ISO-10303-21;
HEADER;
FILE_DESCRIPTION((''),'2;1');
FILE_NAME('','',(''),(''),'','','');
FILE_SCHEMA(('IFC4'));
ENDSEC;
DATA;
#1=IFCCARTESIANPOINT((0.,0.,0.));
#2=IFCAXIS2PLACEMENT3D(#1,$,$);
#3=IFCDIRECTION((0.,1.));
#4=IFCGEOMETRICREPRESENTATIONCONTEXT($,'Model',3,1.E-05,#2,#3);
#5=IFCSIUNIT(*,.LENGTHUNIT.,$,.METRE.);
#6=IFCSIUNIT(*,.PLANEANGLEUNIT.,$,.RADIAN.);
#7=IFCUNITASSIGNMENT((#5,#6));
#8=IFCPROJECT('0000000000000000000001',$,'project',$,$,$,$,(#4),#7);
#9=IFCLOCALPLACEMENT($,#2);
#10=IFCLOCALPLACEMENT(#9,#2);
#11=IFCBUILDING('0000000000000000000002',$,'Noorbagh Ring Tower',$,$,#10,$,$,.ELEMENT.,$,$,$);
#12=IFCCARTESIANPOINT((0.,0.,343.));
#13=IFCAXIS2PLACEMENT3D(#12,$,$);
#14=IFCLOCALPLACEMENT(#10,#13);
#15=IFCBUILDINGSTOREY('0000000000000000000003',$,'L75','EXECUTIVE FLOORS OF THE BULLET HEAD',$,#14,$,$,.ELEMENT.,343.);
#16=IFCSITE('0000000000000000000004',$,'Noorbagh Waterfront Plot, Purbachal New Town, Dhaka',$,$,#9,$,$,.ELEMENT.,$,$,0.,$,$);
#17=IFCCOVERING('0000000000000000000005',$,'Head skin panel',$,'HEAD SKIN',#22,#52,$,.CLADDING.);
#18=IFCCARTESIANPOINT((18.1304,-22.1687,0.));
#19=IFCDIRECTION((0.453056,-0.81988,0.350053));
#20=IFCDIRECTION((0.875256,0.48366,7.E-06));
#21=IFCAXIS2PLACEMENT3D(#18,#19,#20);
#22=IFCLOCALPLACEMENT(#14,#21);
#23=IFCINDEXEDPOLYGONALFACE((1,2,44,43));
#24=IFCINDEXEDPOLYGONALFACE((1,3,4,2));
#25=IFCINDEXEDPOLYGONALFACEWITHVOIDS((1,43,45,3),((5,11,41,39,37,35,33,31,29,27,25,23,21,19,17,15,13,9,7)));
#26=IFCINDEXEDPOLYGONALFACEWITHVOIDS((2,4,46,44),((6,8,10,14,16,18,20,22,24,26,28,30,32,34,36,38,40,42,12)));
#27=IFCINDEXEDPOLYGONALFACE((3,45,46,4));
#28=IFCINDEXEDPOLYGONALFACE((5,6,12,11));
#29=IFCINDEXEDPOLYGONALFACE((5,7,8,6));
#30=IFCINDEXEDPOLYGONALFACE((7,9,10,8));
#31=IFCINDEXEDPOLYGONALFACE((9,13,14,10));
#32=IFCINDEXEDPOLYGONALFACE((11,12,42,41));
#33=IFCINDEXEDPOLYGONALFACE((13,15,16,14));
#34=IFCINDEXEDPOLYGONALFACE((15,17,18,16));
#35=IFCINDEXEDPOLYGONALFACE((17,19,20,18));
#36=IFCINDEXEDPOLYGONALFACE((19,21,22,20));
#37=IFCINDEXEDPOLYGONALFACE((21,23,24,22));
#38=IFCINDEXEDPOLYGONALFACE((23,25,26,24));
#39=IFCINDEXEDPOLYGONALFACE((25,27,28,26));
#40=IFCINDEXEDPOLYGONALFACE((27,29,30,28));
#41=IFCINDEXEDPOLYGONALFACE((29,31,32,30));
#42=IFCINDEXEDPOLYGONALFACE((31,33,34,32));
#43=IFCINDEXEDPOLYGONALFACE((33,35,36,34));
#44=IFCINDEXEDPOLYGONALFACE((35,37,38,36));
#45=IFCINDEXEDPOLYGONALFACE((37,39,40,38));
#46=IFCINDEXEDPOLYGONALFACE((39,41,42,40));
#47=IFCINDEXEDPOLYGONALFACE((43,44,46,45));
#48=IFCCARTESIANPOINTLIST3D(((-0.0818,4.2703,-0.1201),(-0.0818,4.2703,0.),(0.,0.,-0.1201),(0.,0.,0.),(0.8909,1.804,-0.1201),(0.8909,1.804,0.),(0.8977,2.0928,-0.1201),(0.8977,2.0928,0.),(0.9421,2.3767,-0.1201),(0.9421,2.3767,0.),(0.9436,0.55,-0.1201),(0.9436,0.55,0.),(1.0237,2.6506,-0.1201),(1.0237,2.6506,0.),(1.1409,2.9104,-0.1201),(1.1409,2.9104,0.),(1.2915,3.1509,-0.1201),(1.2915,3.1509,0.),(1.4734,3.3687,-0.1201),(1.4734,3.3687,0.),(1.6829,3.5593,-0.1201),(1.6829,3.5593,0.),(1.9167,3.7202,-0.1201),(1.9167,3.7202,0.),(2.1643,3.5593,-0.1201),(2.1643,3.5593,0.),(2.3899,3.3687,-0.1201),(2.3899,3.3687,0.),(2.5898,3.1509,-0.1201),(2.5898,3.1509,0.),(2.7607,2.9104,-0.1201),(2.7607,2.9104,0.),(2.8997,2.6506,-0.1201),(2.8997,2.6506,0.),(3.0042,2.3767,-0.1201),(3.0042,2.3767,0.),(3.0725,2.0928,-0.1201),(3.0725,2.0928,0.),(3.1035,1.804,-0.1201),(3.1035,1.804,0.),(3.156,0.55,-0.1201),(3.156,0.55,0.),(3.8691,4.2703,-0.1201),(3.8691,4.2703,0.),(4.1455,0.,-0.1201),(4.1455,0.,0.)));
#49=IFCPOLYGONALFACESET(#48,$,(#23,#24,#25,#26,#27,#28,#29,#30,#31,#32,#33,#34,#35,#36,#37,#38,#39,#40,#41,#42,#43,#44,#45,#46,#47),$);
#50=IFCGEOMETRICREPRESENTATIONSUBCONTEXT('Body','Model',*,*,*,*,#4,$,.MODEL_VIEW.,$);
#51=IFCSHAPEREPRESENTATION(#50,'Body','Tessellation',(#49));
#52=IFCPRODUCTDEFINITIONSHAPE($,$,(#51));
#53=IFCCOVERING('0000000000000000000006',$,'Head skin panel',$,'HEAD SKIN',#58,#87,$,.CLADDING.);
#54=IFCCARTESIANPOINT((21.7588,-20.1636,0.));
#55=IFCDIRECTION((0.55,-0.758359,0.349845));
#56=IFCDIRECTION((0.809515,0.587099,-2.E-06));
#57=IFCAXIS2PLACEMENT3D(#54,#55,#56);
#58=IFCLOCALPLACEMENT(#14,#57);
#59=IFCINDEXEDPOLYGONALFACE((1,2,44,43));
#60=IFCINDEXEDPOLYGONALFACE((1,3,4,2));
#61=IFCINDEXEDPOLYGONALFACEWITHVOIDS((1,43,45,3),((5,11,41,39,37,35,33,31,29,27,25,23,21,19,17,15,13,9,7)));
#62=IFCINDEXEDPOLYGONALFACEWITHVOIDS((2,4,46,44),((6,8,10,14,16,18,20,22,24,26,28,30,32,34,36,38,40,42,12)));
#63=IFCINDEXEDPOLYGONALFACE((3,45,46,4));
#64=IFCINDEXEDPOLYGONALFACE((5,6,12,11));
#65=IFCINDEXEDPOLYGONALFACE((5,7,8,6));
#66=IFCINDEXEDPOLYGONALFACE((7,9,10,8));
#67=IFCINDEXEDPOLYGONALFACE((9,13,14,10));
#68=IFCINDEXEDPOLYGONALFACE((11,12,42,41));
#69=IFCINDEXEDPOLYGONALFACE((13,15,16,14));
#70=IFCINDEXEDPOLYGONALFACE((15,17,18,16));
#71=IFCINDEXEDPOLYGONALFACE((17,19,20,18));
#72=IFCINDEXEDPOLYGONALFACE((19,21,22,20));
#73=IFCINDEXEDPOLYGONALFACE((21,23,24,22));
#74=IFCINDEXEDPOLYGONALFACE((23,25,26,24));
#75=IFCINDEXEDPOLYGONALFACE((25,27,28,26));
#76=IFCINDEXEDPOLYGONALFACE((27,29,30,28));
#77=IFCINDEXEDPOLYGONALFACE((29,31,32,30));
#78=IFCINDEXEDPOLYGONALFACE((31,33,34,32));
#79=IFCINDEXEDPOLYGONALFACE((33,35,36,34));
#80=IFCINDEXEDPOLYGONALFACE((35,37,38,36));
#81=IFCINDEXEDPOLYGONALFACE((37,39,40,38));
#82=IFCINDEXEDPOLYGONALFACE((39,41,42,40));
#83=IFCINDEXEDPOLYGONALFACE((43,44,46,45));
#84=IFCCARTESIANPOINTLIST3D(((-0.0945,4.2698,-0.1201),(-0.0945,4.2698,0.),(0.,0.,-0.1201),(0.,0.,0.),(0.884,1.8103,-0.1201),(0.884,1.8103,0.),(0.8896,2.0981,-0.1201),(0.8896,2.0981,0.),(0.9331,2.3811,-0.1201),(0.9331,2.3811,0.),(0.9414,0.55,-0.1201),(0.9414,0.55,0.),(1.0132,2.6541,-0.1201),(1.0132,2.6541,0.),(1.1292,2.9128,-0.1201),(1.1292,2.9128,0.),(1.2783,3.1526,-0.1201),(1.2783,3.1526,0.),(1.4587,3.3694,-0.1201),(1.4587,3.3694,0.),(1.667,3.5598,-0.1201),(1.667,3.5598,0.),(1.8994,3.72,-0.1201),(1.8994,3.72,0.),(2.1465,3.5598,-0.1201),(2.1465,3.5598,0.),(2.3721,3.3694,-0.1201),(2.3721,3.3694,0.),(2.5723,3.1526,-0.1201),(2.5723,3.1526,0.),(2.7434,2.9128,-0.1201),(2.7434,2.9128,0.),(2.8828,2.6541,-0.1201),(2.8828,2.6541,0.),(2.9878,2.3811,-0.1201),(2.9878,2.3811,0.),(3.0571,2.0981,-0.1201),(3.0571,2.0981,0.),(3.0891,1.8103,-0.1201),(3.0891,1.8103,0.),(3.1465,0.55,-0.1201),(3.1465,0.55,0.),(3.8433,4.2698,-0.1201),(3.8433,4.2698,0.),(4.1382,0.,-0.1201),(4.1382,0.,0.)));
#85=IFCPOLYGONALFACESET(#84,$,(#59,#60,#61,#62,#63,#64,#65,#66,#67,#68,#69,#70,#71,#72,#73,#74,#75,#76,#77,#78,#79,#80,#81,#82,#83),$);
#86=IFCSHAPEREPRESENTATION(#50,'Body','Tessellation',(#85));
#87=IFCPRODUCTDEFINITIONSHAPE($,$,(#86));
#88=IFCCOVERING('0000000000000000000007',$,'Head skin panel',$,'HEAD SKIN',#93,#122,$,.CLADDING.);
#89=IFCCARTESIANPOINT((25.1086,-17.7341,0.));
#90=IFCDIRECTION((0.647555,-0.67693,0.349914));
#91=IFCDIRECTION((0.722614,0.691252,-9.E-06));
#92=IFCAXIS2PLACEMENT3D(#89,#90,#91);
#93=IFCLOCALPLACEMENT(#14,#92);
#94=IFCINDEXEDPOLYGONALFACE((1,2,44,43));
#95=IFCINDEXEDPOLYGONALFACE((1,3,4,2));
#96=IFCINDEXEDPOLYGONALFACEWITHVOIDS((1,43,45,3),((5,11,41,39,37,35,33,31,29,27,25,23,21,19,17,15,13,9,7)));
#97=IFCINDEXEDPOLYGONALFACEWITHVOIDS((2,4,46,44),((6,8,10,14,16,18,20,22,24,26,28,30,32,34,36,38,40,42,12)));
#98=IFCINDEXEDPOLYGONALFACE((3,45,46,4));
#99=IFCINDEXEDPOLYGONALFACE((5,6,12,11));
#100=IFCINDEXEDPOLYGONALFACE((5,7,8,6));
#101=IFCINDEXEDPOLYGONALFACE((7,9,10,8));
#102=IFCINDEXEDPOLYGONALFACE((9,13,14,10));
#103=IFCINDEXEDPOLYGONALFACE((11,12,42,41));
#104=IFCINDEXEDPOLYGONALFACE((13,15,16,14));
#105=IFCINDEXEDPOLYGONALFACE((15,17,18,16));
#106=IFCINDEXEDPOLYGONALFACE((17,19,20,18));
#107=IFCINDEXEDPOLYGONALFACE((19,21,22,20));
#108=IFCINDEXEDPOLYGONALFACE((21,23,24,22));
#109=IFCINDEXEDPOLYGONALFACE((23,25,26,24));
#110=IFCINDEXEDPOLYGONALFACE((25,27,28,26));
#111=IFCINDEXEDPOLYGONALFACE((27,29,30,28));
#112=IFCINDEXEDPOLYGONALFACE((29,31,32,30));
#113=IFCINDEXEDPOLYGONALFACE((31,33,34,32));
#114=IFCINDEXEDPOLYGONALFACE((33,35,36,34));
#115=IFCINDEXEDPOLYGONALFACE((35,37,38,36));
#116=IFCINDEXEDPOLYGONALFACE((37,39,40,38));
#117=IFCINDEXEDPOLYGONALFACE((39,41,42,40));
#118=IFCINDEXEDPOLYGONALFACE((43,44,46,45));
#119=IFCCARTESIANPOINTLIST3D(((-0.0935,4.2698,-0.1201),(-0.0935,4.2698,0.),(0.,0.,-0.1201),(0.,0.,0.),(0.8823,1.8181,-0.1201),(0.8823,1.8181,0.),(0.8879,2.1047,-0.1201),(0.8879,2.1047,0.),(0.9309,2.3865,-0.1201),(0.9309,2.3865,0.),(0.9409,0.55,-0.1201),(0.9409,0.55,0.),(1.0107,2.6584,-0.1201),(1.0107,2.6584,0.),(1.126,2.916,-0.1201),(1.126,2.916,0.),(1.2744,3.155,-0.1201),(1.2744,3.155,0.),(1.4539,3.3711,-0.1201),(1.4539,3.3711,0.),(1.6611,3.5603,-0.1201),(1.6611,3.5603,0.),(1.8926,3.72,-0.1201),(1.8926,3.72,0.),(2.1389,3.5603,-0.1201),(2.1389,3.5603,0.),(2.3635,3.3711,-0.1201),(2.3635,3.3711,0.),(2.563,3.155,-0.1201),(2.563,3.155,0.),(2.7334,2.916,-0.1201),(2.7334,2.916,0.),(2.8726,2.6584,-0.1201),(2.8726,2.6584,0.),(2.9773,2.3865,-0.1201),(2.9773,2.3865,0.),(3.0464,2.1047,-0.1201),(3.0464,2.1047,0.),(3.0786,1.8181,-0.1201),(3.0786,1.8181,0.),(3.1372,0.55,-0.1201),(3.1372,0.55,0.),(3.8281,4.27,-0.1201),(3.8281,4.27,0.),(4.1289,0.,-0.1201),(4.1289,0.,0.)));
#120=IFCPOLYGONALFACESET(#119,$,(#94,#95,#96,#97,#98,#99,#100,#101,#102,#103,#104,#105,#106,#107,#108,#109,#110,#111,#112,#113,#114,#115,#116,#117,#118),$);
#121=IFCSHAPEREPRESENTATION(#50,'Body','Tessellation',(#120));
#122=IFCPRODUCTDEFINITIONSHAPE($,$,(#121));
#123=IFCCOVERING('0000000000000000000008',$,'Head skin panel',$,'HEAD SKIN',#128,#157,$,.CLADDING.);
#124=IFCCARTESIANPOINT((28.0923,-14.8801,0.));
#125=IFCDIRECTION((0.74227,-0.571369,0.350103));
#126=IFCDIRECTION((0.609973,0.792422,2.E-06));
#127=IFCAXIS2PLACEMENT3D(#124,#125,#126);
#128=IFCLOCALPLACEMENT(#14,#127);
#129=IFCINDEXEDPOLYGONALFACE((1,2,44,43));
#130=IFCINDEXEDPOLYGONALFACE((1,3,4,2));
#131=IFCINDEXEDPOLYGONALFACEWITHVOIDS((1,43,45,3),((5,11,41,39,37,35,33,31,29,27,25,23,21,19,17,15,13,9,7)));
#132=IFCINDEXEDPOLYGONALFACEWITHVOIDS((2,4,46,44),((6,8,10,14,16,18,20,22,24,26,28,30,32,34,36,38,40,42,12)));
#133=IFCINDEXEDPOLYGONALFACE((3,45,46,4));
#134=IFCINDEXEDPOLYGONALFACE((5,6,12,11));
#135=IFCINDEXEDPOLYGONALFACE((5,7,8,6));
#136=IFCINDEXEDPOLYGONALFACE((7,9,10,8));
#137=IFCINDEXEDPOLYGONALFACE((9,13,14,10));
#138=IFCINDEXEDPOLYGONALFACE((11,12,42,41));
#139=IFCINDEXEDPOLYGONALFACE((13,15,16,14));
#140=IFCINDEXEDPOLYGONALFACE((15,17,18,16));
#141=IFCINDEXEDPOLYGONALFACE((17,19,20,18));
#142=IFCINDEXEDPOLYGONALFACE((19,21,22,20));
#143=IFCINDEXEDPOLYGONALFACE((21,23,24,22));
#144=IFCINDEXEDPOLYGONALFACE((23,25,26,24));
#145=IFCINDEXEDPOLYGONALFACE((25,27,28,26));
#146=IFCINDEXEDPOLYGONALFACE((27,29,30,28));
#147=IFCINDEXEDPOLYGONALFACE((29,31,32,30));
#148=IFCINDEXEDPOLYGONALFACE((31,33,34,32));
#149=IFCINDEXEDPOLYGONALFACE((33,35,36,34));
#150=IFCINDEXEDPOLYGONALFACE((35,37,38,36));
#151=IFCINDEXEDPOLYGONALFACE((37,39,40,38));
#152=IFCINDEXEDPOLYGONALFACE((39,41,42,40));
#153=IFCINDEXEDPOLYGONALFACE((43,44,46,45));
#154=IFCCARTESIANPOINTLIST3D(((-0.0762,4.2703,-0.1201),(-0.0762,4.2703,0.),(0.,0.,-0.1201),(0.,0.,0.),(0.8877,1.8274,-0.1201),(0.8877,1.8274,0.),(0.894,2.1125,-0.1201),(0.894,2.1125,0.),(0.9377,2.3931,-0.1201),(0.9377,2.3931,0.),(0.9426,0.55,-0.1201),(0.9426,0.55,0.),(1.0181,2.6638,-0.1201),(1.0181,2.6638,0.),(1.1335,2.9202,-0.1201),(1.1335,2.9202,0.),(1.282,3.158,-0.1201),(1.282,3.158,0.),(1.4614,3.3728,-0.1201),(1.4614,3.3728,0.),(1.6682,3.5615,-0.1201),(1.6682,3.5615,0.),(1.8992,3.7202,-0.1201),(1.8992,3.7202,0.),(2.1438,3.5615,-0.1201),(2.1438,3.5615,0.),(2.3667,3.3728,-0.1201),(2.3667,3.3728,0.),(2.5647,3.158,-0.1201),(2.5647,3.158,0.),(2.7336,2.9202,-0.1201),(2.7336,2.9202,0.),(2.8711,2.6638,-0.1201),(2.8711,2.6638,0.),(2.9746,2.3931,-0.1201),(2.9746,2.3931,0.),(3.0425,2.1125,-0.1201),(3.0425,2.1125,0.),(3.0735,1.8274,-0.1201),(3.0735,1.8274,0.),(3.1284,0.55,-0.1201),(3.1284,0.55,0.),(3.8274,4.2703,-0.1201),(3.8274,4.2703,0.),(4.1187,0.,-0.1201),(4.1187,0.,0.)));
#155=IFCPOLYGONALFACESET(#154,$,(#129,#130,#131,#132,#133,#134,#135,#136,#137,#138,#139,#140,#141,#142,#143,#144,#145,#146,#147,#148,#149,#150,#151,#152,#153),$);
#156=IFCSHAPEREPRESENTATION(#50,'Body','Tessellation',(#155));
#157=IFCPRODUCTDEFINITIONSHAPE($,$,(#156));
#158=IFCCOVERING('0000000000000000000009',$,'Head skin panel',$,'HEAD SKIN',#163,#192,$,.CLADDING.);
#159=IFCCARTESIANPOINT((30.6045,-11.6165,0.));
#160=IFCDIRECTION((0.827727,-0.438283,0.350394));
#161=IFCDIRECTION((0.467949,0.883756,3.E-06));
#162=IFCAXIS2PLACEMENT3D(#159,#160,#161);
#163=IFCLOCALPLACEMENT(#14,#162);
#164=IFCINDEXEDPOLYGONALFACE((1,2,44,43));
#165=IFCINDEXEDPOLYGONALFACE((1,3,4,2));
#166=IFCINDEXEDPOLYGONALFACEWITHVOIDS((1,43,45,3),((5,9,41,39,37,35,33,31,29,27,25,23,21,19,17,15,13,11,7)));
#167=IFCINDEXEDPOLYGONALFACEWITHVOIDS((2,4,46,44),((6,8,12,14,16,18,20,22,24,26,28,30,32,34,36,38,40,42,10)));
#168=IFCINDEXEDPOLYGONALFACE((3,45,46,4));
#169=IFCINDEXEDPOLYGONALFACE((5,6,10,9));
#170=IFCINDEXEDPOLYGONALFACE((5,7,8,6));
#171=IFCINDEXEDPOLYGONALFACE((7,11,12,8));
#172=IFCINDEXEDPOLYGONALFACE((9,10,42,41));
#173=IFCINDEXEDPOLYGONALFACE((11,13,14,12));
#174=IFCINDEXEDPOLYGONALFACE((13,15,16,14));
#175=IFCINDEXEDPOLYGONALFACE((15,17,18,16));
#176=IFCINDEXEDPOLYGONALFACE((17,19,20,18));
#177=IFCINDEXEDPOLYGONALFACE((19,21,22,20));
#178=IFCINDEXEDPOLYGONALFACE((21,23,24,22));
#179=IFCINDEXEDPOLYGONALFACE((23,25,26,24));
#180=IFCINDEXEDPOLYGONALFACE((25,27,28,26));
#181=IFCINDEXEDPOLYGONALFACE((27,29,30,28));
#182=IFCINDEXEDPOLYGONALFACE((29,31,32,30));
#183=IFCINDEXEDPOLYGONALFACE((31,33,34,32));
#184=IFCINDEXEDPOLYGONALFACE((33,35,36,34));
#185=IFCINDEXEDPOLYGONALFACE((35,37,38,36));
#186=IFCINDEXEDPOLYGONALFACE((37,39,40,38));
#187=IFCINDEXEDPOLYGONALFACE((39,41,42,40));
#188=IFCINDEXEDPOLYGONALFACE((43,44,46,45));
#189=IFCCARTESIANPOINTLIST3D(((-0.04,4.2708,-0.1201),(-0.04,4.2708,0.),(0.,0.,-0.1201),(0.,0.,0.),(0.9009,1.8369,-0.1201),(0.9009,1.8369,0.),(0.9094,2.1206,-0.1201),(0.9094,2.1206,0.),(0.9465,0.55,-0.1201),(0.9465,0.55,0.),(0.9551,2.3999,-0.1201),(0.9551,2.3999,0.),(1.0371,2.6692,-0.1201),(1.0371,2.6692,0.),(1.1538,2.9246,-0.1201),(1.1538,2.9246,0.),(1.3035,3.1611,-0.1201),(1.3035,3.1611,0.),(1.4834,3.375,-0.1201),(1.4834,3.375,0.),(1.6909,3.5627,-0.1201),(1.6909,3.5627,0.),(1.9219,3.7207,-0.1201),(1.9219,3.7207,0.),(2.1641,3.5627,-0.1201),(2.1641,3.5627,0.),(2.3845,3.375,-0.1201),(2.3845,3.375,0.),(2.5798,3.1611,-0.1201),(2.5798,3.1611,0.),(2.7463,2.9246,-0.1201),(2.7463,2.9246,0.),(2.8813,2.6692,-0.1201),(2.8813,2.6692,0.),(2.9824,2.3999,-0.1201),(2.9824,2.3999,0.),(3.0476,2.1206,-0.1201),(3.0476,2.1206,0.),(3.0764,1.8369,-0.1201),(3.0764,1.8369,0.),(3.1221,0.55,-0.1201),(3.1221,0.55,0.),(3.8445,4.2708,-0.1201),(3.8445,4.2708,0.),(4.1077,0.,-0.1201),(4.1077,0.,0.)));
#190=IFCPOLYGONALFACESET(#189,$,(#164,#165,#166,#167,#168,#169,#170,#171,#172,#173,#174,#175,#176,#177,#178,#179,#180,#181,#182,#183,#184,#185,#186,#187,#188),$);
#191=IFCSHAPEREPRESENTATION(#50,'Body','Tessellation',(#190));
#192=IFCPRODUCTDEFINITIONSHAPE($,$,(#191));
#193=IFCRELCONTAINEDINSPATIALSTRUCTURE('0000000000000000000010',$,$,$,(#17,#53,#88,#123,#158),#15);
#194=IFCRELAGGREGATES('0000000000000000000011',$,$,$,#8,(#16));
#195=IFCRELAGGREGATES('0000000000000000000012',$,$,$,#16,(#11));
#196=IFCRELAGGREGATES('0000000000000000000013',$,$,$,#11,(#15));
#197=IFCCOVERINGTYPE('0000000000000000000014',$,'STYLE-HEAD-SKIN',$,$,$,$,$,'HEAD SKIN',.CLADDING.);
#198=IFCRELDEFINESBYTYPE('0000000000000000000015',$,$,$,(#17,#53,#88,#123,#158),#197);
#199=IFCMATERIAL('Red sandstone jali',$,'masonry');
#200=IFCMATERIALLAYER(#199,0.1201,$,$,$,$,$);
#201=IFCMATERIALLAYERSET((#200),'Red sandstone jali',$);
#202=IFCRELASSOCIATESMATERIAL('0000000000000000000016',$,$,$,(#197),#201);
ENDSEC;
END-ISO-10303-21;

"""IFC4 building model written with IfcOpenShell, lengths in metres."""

from ifc_helpers import new_model, si_unit, direction, frame, origin, place, context, subcontext, project, spatial, polyline, outline, extrude, material, layer, layer_set, type_object, element, save


model = new_model("IFC4")

# Units and contexts
model_context = context("Model", 3, precision=1e-05, world=origin(), true_north=direction((0.0, 1.0)))
body_context = subcontext(model_context, "Body", "Model", "MODEL_VIEW")
ifc_project = project(units=[si_unit("LENGTHUNIT", "METRE"), si_unit("PLANEANGLEUNIT", "RADIAN")], contexts=[model_context])

# Site, building, storey
site_placement = place(None, origin())
site = spatial("IfcSite", under=ifc_project, at=site_placement, Name="Noorbagh Waterfront Plot, Purbachal New Town, Dhaka", CompositionType="ELEMENT", RefElevation=0.0)
building_placement = place(site_placement, origin())
building = spatial("IfcBuilding", under=site, at=building_placement, Name="Noorbagh Ring Tower", CompositionType="ELEMENT")
storey_placement = place(building_placement, frame((0.0, 0.0, 343.0)))
storey = spatial("IfcBuildingStorey", under=building, at=storey_placement, Name="L75", Description="EXECUTIVE FLOORS OF THE BULLET HEAD", CompositionType="ELEMENT", Elevation=343.0)

# Coverings
ifc_material_1 = material(Name="Red sandstone jali", Category="masonry")
ifc_layer_1 = layer(ifc_material_1, 0.1201)
ifc_layer_set_1 = layer_set([ifc_layer_1], Name="Red sandstone jali")
covering_type_1 = type_object("IfcCoveringType", Name="STYLE-HEAD-SKIN", ElementType="HEAD SKIN", PredefinedType="CLADDING", material=ifc_layer_set_1)
covering_1_placement = place(storey_placement, frame((18.1304, -22.1687, 0.0), z_axis=(0.453056, -0.81988, 0.350053), x_axis=(0.875256, 0.48366, 0.000007)))
element("IfcCovering", 1, at=covering_1_placement, inside=storey, type_object=covering_type_1, Name="Head skin panel", ObjectType="HEAD SKIN", PredefinedType="CLADDING", context=body_context, shape_type="SweptSolid", body=[
    extrude(outline(polyline([(0.0, 0.0), (4.1455, 0.0), (3.8691, 4.2703), (-0.0818, 4.2703), (0.0, 0.0)]), holes=[polyline([(0.9436, 0.55), (0.8909, 1.804), (0.8977, 2.0928), (0.9421, 2.3767), (1.0237, 2.6506), (1.1409, 2.9104), (1.2915, 3.1509), (1.4734, 3.3687), (1.6829, 3.5593), (1.9167, 3.7202), (2.1643, 3.5593), (2.3899, 3.3687), (2.5898, 3.1509), (2.7607, 2.9104), (2.8997, 2.6506), (3.0042, 2.3767), (3.0725, 2.0928), (3.1035, 1.804), (3.156, 0.55), (0.9436, 0.55)])]), origin(), (0.0, 0.0, -1.0), 0.1201),
])
covering_2_placement = place(storey_placement, frame((21.7588, -20.1636, 0.0), z_axis=(0.55, -0.758359, 0.349845), x_axis=(0.809515, 0.587099, -0.000002)))
element("IfcCovering", 2, at=covering_2_placement, inside=storey, type_object=covering_type_1, Name="Head skin panel", ObjectType="HEAD SKIN", PredefinedType="CLADDING", context=body_context, shape_type="SweptSolid", body=[
    extrude(outline(polyline([(0.0, 0.0), (4.1382, 0.0), (3.8433, 4.2698), (-0.0945, 4.2698), (0.0, 0.0)]), holes=[polyline([(0.9414, 0.55), (0.884, 1.8103), (0.8896, 2.0981), (0.9331, 2.3811), (1.0132, 2.6541), (1.1292, 2.9128), (1.2783, 3.1526), (1.4587, 3.3694), (1.667, 3.5598), (1.8994, 3.72), (2.1465, 3.5598), (2.3721, 3.3694), (2.5723, 3.1526), (2.7434, 2.9128), (2.8828, 2.6541), (2.9878, 2.3811), (3.0571, 2.0981), (3.0891, 1.8103), (3.1465, 0.55), (0.9414, 0.55)])]), origin(), (0.0, 0.0, -1.0), 0.1201),
])
covering_3_placement = place(storey_placement, frame((25.1086, -17.7341, 0.0), z_axis=(0.647555, -0.67693, 0.349914), x_axis=(0.722614, 0.691252, -0.000009)))
element("IfcCovering", 3, at=covering_3_placement, inside=storey, type_object=covering_type_1, Name="Head skin panel", ObjectType="HEAD SKIN", PredefinedType="CLADDING", context=body_context, shape_type="SweptSolid", body=[
    extrude(outline(polyline([(0.0, 0.0), (4.1289, 0.0), (3.8281, 4.27), (-0.0935, 4.2698), (0.0, 0.0)]), holes=[polyline([(0.9409, 0.55), (0.8823, 1.8181), (0.8879, 2.1047), (0.9309, 2.3865), (1.0107, 2.6584), (1.126, 2.916), (1.2744, 3.155), (1.4539, 3.3711), (1.6611, 3.5603), (1.8926, 3.72), (2.1389, 3.5603), (2.3635, 3.3711), (2.563, 3.155), (2.7334, 2.916), (2.8726, 2.6584), (2.9773, 2.3865), (3.0464, 2.1047), (3.0786, 1.8181), (3.1372, 0.55), (0.9409, 0.55)])]), origin(), (0.0, 0.0, -1.0), 0.1201),
])
covering_4_placement = place(storey_placement, frame((28.0923, -14.8801, 0.0), z_axis=(0.74227, -0.571369, 0.350103), x_axis=(0.609973, 0.792422, 0.000002)))
element("IfcCovering", 4, at=covering_4_placement, inside=storey, type_object=covering_type_1, Name="Head skin panel", ObjectType="HEAD SKIN", PredefinedType="CLADDING", context=body_context, shape_type="SweptSolid", body=[
    extrude(outline(polyline([(0.0, 0.0), (4.1187, 0.0), (3.8274, 4.2703), (-0.0762, 4.2703), (0.0, 0.0)]), holes=[polyline([(0.9426, 0.55), (0.8877, 1.8274), (0.894, 2.1125), (0.9377, 2.3931), (1.0181, 2.6638), (1.1335, 2.9202), (1.282, 3.158), (1.4614, 3.3728), (1.6682, 3.5615), (1.8992, 3.7202), (2.1438, 3.5615), (2.3667, 3.3728), (2.5647, 3.158), (2.7336, 2.9202), (2.8711, 2.6638), (2.9746, 2.3931), (3.0425, 2.1125), (3.0735, 1.8274), (3.1284, 0.55), (0.9426, 0.55)])]), origin(), (0.0, 0.0, -1.0), 0.1201),
])
covering_5_placement = place(storey_placement, frame((30.6045, -11.6165, 0.0), z_axis=(0.827727, -0.438283, 0.350394), x_axis=(0.467949, 0.883756, 0.000003)))
element("IfcCovering", 5, at=covering_5_placement, inside=storey, type_object=covering_type_1, Name="Head skin panel", ObjectType="HEAD SKIN", PredefinedType="CLADDING", context=body_context, shape_type="SweptSolid", body=[
    extrude(outline(polyline([(0.0, 0.0), (4.1077, 0.0), (3.8445, 4.2708), (-0.04, 4.2708), (0.0, 0.0)]), holes=[polyline([(0.9465, 0.55), (0.9009, 1.8369), (0.9094, 2.1206), (0.9551, 2.3999), (1.0371, 2.6692), (1.1538, 2.9246), (1.3035, 3.1611), (1.4834, 3.375), (1.6909, 3.5627), (1.9219, 3.7207), (2.1641, 3.5627), (2.3845, 3.375), (2.5798, 3.1611), (2.7463, 2.9246), (2.8813, 2.6692), (2.9824, 2.3999), (3.0476, 2.1206), (3.0764, 1.8369), (3.1221, 0.55), (0.9465, 0.55)])]), origin(), (0.0, 0.0, -1.0), 0.1201),
])

save(model, "model.ifc")
